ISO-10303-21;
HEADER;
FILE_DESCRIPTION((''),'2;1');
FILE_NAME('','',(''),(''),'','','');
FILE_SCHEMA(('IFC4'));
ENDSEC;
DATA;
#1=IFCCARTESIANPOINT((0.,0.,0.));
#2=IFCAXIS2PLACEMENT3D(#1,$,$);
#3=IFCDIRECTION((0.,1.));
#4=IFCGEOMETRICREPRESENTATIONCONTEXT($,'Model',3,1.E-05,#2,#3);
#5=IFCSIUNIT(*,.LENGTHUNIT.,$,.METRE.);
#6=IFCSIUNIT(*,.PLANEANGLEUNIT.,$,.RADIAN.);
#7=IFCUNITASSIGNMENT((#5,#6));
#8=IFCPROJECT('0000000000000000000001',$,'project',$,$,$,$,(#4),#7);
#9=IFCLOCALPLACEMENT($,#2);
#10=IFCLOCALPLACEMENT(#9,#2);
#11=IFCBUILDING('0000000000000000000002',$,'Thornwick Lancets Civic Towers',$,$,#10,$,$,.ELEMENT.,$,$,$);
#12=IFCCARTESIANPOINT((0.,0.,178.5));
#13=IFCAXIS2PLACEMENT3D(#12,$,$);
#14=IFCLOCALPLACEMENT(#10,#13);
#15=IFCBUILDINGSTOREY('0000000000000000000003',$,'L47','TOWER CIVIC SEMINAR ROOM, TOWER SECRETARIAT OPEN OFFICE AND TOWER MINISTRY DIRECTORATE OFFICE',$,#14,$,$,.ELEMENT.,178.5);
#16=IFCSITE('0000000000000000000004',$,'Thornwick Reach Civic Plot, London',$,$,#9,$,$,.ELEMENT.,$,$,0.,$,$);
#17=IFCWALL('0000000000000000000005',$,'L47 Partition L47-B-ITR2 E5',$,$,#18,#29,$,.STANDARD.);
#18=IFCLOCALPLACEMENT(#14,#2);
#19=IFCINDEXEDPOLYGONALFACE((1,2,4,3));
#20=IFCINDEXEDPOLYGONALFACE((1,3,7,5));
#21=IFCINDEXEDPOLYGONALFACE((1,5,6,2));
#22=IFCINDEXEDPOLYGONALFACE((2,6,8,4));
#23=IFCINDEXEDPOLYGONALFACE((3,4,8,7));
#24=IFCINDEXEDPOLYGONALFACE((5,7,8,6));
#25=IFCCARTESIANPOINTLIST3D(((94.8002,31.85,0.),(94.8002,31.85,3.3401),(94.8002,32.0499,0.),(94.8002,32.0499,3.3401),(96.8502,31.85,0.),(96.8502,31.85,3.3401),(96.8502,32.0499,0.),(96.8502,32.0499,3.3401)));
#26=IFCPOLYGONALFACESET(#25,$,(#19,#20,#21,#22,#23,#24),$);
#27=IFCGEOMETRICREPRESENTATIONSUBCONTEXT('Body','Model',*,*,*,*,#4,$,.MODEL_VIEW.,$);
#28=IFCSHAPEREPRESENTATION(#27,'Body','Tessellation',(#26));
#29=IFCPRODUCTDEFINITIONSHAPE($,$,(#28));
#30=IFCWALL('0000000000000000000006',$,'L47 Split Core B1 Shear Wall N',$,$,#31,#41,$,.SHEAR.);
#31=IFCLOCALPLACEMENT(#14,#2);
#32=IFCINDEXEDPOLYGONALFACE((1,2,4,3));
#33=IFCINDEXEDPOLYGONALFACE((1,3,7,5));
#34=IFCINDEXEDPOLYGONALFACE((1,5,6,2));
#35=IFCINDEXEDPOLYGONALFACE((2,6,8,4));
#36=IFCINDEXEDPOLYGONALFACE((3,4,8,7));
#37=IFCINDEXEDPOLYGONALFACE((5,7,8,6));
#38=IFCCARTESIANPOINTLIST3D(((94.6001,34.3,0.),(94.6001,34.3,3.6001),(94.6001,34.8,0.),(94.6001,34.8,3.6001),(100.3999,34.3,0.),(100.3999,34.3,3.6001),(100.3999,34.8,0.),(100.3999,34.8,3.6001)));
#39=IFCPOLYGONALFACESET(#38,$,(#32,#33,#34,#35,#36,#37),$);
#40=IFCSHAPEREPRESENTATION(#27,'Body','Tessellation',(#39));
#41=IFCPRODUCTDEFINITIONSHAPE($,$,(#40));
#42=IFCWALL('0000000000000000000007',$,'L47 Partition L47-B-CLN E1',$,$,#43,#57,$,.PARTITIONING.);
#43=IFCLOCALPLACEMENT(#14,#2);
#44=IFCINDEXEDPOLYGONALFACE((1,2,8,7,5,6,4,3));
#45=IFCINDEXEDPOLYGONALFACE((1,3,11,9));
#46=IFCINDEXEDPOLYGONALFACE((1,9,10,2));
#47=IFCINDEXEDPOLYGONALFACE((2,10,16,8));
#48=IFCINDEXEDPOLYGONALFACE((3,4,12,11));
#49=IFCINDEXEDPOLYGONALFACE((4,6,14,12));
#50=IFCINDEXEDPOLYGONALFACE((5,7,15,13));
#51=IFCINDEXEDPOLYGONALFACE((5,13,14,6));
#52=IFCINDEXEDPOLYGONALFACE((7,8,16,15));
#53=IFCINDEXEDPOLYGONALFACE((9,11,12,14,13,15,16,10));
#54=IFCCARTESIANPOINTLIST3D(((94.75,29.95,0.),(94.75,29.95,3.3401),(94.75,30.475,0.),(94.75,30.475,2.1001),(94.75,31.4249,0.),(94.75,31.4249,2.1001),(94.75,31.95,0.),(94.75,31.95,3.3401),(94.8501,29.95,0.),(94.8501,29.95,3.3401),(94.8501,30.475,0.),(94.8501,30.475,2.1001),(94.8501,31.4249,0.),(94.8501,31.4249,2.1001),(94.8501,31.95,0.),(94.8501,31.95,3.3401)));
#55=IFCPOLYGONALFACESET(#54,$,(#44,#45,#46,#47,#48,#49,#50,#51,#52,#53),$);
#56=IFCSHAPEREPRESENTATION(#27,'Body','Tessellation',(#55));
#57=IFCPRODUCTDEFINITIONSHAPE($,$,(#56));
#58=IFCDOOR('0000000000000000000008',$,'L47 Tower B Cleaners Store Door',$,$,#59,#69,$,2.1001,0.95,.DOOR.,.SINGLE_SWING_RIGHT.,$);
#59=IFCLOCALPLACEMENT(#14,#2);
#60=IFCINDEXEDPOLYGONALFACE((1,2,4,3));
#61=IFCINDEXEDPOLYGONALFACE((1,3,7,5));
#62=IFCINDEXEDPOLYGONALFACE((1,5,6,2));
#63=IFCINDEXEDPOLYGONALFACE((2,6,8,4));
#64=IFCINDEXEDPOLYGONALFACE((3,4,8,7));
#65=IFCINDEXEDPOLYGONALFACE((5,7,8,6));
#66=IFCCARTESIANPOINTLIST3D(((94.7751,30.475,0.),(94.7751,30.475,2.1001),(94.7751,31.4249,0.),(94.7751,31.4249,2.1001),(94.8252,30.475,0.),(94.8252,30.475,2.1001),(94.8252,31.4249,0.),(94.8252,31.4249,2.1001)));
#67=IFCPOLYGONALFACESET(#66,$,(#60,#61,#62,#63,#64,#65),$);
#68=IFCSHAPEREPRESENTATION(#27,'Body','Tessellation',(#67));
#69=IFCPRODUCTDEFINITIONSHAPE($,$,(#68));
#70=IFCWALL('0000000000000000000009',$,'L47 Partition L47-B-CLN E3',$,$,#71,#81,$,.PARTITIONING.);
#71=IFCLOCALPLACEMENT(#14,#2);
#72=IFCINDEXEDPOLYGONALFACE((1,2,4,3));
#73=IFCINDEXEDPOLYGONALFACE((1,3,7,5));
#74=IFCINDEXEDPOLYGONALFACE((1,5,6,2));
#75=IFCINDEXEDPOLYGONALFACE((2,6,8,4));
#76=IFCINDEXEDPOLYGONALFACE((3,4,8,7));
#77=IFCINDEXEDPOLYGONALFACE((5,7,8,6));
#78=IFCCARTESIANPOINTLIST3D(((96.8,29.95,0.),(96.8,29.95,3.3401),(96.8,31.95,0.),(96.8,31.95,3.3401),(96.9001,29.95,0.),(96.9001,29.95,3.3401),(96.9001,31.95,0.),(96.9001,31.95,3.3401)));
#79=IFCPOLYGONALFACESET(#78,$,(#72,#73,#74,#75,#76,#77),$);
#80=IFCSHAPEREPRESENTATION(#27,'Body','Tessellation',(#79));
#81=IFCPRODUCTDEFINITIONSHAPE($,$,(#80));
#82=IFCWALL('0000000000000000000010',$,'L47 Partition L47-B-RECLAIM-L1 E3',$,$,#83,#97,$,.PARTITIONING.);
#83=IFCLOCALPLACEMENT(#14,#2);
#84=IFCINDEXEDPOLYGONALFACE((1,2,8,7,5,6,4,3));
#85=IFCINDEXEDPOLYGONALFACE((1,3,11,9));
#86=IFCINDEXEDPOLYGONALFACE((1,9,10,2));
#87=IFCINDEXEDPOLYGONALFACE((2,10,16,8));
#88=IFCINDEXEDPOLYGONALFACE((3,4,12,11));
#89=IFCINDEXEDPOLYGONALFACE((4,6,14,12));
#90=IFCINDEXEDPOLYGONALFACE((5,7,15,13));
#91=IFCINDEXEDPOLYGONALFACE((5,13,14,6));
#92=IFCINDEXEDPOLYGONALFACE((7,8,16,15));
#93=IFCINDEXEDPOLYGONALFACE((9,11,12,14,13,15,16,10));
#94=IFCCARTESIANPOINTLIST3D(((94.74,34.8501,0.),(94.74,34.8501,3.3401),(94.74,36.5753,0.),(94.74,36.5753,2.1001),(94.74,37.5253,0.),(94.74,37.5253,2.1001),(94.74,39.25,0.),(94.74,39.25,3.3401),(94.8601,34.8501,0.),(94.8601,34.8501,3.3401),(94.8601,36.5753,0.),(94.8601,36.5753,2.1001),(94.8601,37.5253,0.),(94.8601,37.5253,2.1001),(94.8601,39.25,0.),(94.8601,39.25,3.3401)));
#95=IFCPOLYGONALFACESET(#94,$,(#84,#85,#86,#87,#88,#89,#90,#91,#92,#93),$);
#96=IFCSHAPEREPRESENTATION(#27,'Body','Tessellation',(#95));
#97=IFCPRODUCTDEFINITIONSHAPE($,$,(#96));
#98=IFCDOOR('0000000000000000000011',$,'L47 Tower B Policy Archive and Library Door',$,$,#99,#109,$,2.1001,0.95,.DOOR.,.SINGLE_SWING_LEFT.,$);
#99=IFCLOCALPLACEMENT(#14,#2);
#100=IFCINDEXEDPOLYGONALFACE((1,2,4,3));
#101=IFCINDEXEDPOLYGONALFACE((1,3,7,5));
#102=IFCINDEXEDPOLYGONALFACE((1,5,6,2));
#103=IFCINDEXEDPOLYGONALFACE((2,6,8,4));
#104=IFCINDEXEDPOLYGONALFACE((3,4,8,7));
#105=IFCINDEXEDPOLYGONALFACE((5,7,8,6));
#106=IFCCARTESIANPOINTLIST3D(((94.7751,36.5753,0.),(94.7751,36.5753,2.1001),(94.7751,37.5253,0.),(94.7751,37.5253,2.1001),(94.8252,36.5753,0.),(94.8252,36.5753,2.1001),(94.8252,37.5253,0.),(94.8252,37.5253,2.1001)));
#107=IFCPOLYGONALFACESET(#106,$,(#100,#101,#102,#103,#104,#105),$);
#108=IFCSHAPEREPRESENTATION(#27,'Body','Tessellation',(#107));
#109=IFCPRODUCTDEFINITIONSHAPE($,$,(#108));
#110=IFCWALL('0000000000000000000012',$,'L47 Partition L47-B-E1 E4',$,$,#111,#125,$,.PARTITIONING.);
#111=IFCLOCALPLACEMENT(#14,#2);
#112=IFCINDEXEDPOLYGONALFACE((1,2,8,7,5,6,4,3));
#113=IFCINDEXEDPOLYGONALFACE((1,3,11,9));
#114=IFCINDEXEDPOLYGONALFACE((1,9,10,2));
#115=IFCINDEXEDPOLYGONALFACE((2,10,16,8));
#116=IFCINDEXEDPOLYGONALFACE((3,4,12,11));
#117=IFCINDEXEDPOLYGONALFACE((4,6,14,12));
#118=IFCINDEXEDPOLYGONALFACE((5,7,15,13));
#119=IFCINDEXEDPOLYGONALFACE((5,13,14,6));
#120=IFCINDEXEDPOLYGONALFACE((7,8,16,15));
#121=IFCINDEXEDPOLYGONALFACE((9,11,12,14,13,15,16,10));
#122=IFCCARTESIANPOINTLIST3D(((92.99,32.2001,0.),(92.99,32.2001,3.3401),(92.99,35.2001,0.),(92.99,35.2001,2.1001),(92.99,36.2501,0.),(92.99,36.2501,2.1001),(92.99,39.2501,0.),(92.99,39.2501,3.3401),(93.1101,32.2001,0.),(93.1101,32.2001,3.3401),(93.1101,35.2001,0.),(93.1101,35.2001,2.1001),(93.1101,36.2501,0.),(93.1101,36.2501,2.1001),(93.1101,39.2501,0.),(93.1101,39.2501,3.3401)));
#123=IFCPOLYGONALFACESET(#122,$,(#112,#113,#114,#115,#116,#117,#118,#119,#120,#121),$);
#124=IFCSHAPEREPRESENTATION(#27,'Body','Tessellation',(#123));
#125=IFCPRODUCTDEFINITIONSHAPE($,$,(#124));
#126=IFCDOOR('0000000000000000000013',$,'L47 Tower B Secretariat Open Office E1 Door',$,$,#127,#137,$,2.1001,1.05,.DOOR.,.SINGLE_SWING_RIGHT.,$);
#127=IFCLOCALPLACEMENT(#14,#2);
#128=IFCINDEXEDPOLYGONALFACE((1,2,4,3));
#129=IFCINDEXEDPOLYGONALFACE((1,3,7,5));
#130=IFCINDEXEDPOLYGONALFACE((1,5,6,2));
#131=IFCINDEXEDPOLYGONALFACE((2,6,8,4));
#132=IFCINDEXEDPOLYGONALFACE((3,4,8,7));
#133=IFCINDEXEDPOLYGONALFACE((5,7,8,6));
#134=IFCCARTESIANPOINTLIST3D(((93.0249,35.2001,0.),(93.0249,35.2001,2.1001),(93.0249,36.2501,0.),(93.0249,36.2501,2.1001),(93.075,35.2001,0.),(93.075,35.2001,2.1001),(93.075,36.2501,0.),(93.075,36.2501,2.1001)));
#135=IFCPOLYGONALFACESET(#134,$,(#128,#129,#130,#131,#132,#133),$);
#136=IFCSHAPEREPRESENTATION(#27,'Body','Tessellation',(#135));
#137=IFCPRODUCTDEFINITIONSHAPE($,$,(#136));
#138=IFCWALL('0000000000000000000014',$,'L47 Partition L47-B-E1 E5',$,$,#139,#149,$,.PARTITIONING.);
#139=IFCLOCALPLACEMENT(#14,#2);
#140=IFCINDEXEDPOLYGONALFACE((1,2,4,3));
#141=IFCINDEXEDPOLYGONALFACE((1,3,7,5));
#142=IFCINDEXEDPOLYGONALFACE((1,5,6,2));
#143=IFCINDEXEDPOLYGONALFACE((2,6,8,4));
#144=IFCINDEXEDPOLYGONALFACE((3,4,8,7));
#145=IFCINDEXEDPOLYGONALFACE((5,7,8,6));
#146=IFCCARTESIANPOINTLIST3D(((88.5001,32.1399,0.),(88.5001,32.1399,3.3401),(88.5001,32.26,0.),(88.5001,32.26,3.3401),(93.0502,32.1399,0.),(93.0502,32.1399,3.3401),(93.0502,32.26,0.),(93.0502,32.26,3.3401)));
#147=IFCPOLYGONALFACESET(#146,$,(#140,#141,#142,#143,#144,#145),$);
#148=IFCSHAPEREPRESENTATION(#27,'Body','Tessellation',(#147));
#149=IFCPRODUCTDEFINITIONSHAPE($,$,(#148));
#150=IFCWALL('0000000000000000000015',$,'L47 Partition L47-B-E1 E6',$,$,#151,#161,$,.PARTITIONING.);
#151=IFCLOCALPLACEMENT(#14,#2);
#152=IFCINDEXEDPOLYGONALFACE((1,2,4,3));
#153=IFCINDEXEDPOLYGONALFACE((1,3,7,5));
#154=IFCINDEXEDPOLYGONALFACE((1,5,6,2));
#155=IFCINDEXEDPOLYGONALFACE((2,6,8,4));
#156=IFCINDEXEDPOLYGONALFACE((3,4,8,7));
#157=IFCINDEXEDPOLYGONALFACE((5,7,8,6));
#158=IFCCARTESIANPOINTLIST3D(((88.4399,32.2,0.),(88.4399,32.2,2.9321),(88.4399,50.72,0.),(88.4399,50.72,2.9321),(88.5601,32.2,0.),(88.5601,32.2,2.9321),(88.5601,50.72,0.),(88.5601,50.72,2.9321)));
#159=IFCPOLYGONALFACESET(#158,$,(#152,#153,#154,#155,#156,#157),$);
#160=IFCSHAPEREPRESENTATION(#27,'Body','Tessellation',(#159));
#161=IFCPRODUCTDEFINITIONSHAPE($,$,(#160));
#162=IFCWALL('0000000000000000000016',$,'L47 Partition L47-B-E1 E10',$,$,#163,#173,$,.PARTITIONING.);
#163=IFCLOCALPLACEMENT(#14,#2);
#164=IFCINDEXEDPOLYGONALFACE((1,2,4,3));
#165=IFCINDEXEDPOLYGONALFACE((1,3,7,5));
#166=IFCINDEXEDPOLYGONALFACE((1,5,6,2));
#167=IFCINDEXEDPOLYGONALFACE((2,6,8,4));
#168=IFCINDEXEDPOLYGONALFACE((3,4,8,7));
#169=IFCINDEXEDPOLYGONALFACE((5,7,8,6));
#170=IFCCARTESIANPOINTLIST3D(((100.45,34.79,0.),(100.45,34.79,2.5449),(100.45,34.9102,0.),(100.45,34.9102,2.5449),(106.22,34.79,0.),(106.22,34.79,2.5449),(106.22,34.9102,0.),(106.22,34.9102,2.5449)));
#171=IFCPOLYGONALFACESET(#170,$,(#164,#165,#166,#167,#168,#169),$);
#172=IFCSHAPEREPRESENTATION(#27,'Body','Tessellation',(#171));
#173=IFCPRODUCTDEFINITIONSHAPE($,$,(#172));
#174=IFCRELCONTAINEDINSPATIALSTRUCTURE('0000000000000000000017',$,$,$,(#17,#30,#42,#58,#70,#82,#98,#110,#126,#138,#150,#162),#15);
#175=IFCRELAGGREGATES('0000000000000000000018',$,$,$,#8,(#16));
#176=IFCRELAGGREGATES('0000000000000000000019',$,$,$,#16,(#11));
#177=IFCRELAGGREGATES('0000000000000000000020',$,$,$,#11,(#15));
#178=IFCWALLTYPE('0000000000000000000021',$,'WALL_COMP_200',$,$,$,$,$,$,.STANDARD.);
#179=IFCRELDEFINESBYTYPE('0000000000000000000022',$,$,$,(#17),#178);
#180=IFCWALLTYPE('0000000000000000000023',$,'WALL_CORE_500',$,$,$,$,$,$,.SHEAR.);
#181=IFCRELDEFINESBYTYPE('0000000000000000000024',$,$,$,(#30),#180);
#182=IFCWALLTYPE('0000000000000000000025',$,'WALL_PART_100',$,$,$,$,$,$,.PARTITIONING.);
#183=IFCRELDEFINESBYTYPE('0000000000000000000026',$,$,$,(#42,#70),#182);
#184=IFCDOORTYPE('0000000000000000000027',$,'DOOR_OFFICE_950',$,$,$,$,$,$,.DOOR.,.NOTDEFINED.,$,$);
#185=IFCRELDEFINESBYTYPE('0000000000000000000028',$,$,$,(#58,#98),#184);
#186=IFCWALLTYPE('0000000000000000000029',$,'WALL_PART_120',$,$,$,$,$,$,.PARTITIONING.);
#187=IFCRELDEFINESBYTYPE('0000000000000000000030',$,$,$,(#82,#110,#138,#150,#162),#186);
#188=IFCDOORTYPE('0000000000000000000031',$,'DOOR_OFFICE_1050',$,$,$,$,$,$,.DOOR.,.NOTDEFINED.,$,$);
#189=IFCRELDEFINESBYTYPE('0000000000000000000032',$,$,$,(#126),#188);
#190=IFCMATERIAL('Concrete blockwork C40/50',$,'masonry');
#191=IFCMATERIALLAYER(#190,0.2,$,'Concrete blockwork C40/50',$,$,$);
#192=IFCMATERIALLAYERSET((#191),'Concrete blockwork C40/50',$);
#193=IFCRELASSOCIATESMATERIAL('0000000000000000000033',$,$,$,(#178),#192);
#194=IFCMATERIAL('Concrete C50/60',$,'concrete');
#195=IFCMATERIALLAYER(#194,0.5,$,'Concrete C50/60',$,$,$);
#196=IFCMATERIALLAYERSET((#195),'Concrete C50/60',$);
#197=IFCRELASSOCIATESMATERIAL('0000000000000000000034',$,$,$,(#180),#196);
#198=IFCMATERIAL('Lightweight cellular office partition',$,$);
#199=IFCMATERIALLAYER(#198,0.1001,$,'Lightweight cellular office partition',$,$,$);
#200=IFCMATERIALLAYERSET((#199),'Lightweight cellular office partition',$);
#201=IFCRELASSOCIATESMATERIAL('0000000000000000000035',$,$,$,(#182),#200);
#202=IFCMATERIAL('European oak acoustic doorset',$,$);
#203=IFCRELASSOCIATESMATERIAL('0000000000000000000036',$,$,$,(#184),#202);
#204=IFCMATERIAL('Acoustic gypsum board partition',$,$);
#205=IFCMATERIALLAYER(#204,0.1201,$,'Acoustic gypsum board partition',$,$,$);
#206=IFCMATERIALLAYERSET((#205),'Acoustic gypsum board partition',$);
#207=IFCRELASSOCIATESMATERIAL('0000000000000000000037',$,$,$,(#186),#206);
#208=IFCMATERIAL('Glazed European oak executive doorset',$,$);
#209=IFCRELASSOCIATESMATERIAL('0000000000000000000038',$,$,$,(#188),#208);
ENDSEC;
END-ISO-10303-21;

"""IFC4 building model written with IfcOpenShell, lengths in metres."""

from ifc_helpers import new_model, si_unit, direction, frame, frame_2d, origin, place, context, subcontext, project, spatial, rectangle, extrude, material, layer, layer_set, type_object, element, fill, save


model = new_model("IFC4")

# Units and contexts
model_context = context("Model", 3, precision=1e-05, world=origin(), true_north=direction((0.0, 1.0)))
body_context = subcontext(model_context, "Body", "Model", "MODEL_VIEW")
ifc_project = project(units=[si_unit("LENGTHUNIT", "METRE"), si_unit("PLANEANGLEUNIT", "RADIAN")], contexts=[model_context])

# Site, building, storey
site_placement = place(None, origin())
site = spatial("IfcSite", under=ifc_project, at=site_placement, Name="Thornwick Reach Civic Plot, London", CompositionType="ELEMENT", RefElevation=0.0)
building_placement = place(site_placement, origin())
building = spatial("IfcBuilding", under=site, at=building_placement, Name="Thornwick Lancets Civic Towers", CompositionType="ELEMENT")
storey_placement = place(building_placement, frame((0.0, 0.0, 178.5)))
storey = spatial("IfcBuildingStorey", under=building, at=storey_placement, Name="L47", Description="TOWER CIVIC SEMINAR ROOM, TOWER SECRETARIAT OPEN OFFICE AND TOWER MINISTRY DIRECTORATE OFFICE", CompositionType="ELEMENT", Elevation=178.5)

# Shared definitions
ifc_material_1 = material(Name="Concrete C50/60", Category="concrete")

# Shared definitions
ifc_material_2 = material(Name="Concrete blockwork C40/50", Category="masonry")
ifc_layer_1 = layer(ifc_material_2, 0.2, Name="Concrete blockwork C40/50")
ifc_layer_set_1 = layer_set([ifc_layer_1], Name="Concrete blockwork C40/50")
wall_type_1 = type_object("IfcWallType", Name="WALL_COMP_200", PredefinedType="STANDARD", material=ifc_layer_set_1)

# Walls
wall_1_placement = place(storey_placement, frame((96.8501, 31.95, 0.0), z_axis=(0.0, 0.0, 1.0), x_axis=(-1.0, 0.0, 0.0)))
element("IfcWall", 1, at=wall_1_placement, inside=storey, type_object=wall_type_1, Name="L47 Partition L47-B-ITR2 E5", PredefinedType="STANDARD", context=body_context, shape_type="SweptSolid", body=[
    extrude(rectangle(XDim=2.05, YDim=0.2, at=frame_2d((1.0249, 0.0))), origin(), (0.0, 0.0, 1.0), 3.3401),
])
ifc_layer_2 = layer(ifc_material_1, 0.5, Name="Concrete C50/60")
ifc_layer_set_2 = layer_set([ifc_layer_2], Name="Concrete C50/60")
wall_type_2 = type_object("IfcWallType", Name="WALL_CORE_500", PredefinedType="SHEAR", material=ifc_layer_set_2)
wall_2_placement = place(storey_placement, frame((94.6001, 34.55, 0.0), z_axis=(0.0, 0.0, 1.0), x_axis=(1.0, 0.0, 0.0)))
element("IfcWall", 2, at=wall_2_placement, inside=storey, type_object=wall_type_2, Name="L47 Split Core B1 Shear Wall N", PredefinedType="SHEAR", context=body_context, shape_type="SweptSolid", body=[
    extrude(rectangle(XDim=5.7998, YDim=0.5, at=frame_2d((2.8999, 0.0))), origin(), (0.0, 0.0, 1.0), 3.6001),
])

# Wall, opening, door
ifc_material_3 = material(Name="Lightweight cellular office partition")
ifc_layer_3 = layer(ifc_material_3, 0.1001, Name="Lightweight cellular office partition")
ifc_layer_set_3 = layer_set([ifc_layer_3], Name="Lightweight cellular office partition")
wall_type_3 = type_object("IfcWallType", Name="WALL_PART_100", PredefinedType="PARTITIONING", material=ifc_layer_set_3)
wall_3_placement = place(storey_placement, frame((94.8, 29.95, 0.0), z_axis=(0.0, 0.0, 1.0), x_axis=(0.0, 1.0, 0.0)))
wall_3 = element("IfcWall", 3, at=wall_3_placement, inside=storey, type_object=wall_type_3, Name="L47 Partition L47-B-CLN E1", PredefinedType="PARTITIONING", context=body_context, shape_type="SweptSolid", body=[
    extrude(rectangle(XDim=2.0, YDim=0.1001, at=frame_2d((1.0, 0.0))), origin(), (0.0, 0.0, 1.0), 3.3401),
])
opening_1_placement = place(wall_3_placement, frame((0.5249, 0.0, 0.0)))
opening_1 = element("IfcOpeningElement", 4, at=opening_1_placement, cuts=wall_3, PredefinedType="OPENING", context=body_context, shape_type="SweptSolid", body=[
    extrude(rectangle(XDim=0.95, YDim=2.1001, at=frame_2d((0.4751, 1.05))), frame((0.0, 0.0601, 0.0), z_axis=(0.0, -1.0, 0.0), x_axis=(1.0, 0.0, 0.0)), (0.0, 0.0, 1.0), 0.1201),
])
ifc_material_4 = material(Name="European oak acoustic doorset")
door_type_1 = type_object("IfcDoorType", Name="DOOR_OFFICE_950", OperationType="NOTDEFINED", PredefinedType="DOOR", material=ifc_material_4)
door_1_placement = place(opening_1_placement, origin())
door_1 = element("IfcDoor", 5, at=door_1_placement, inside=storey, type_object=door_type_1, Name="L47 Tower B Cleaners Store Door", OperationType="SINGLE_SWING_RIGHT", OverallHeight=2.1001, OverallWidth=0.95, PredefinedType="DOOR", context=body_context, shape_type="SweptSolid", body=[
    extrude(rectangle(XDim=0.95, YDim=2.1001, at=frame_2d((0.4751, 1.05))), frame((0.0, 0.0249, 0.0), z_axis=(0.0, -1.0, 0.0), x_axis=(1.0, 0.0, 0.0)), (0.0, 0.0, 1.0), 0.05),
])
fill(opening_1, door_1)

# Wall
wall_4_placement = place(storey_placement, frame((96.8501, 31.95, 0.0), z_axis=(0.0, 0.0, 1.0), x_axis=(0.0, -1.0, 0.0)))
element("IfcWall", 6, at=wall_4_placement, inside=storey, type_object=wall_type_3, Name="L47 Partition L47-B-CLN E3", PredefinedType="PARTITIONING", context=body_context, shape_type="SweptSolid", body=[
    extrude(rectangle(XDim=2.0, YDim=0.1001, at=frame_2d((1.0, 0.0))), origin(), (0.0, 0.0, 1.0), 3.3401),
])

# Walls, openings, doors
ifc_material_5 = material(Name="Acoustic gypsum board partition")
ifc_layer_4 = layer(ifc_material_5, 0.1201, Name="Acoustic gypsum board partition")
ifc_layer_set_4 = layer_set([ifc_layer_4], Name="Acoustic gypsum board partition")
wall_type_4 = type_object("IfcWallType", Name="WALL_PART_120", PredefinedType="PARTITIONING", material=ifc_layer_set_4)
wall_5_placement = place(storey_placement, frame((94.8, 34.8501, 0.0), z_axis=(0.0, 0.0, 1.0), x_axis=(0.0, 1.0, 0.0)))
wall_5 = element("IfcWall", 7, at=wall_5_placement, inside=storey, type_object=wall_type_4, Name="L47 Partition L47-B-RECLAIM-L1 E3", PredefinedType="PARTITIONING", context=body_context, shape_type="SweptSolid", body=[
    extrude(rectangle(XDim=4.3999, YDim=0.1201, at=frame_2d((2.2, 0.0))), origin(), (0.0, 0.0, 1.0), 3.3401),
])
opening_2_placement = place(wall_5_placement, frame((1.7251, 0.0, 0.0)))
opening_2 = element("IfcOpeningElement", 8, at=opening_2_placement, cuts=wall_5, PredefinedType="OPENING", context=body_context, shape_type="SweptSolid", body=[
    extrude(rectangle(XDim=0.95, YDim=2.1001, at=frame_2d((0.4751, 1.05))), frame((0.0, 0.0701, 0.0), z_axis=(0.0, -1.0, 0.0), x_axis=(1.0, 0.0, 0.0)), (0.0, 0.0, 1.0), 0.1401),
])
door_2_placement = place(opening_2_placement, origin())
door_2 = element("IfcDoor", 9, at=door_2_placement, inside=storey, type_object=door_type_1, Name="L47 Tower B Policy Archive and Library Door", OperationType="SINGLE_SWING_LEFT", OverallHeight=2.1001, OverallWidth=0.95, PredefinedType="DOOR", context=body_context, shape_type="SweptSolid", body=[
    extrude(rectangle(XDim=0.95, YDim=2.1001, at=frame_2d((0.4751, 1.05))), frame((0.0, 0.0249, 0.0), z_axis=(0.0, -1.0, 0.0), x_axis=(1.0, 0.0, 0.0)), (0.0, 0.0, 1.0), 0.05),
])
fill(opening_2, door_2)
wall_6_placement = place(storey_placement, frame((93.05, 39.25, 0.0), z_axis=(0.0, 0.0, 1.0), x_axis=(0.0, -1.0, 0.0)))
wall_6 = element("IfcWall", 10, at=wall_6_placement, inside=storey, type_object=wall_type_4, Name="L47 Partition L47-B-E1 E4", PredefinedType="PARTITIONING", context=body_context, shape_type="SweptSolid", body=[
    extrude(rectangle(XDim=7.05, YDim=0.1201, at=frame_2d((3.5249, 0.0))), origin(), (0.0, 0.0, 1.0), 3.3401),
])
opening_3_placement = place(wall_6_placement, frame((3.0, 0.0, 0.0)))
opening_3 = element("IfcOpeningElement", 11, at=opening_3_placement, cuts=wall_6, PredefinedType="OPENING", context=body_context, shape_type="SweptSolid", body=[
    extrude(rectangle(XDim=1.05, YDim=2.1001, at=frame_2d((0.5249, 1.05))), frame((0.0, 0.0701, 0.0), z_axis=(0.0, -1.0, 0.0), x_axis=(1.0, 0.0, 0.0)), (0.0, 0.0, 1.0), 0.1401),
])
ifc_material_6 = material(Name="Glazed European oak executive doorset")
door_type_2 = type_object("IfcDoorType", Name="DOOR_OFFICE_1050", OperationType="NOTDEFINED", PredefinedType="DOOR", material=ifc_material_6)
door_3_placement = place(opening_3_placement, origin())
door_3 = element("IfcDoor", 12, at=door_3_placement, inside=storey, type_object=door_type_2, Name="L47 Tower B Secretariat Open Office E1 Door", OperationType="SINGLE_SWING_RIGHT", OverallHeight=2.1001, OverallWidth=1.05, PredefinedType="DOOR", context=body_context, shape_type="SweptSolid", body=[
    extrude(rectangle(XDim=1.05, YDim=2.1001, at=frame_2d((0.5249, 1.05))), frame((0.0, 0.0249, 0.0), z_axis=(0.0, -1.0, 0.0), x_axis=(1.0, 0.0, 0.0)), (0.0, 0.0, 1.0), 0.05),
])
fill(opening_3, door_3)

# Walls
wall_7_placement = place(storey_placement, frame((93.05, 32.2, 0.0), z_axis=(0.0, 0.0, 1.0), x_axis=(-1.0, 0.0, 0.0)))
element("IfcWall", 13, at=wall_7_placement, inside=storey, type_object=wall_type_4, Name="L47 Partition L47-B-E1 E5", PredefinedType="PARTITIONING", context=body_context, shape_type="SweptSolid", body=[
    extrude(rectangle(XDim=4.55, YDim=0.1201, at=frame_2d((2.2749, 0.0))), origin(), (0.0, 0.0, 1.0), 3.3401),
])
wall_8_placement = place(storey_placement, frame((88.5, 32.2, 0.0), z_axis=(0.0, 0.0, 1.0), x_axis=(0.0, 1.0, 0.0)))
element("IfcWall", 14, at=wall_8_placement, inside=storey, type_object=wall_type_4, Name="L47 Partition L47-B-E1 E6", PredefinedType="PARTITIONING", context=body_context, shape_type="SweptSolid", body=[
    extrude(rectangle(XDim=18.52, YDim=0.1201, at=frame_2d((9.26, 0.0))), origin(), (0.0, 0.0, 1.0), 2.9321),
])
wall_9_placement = place(storey_placement, frame((106.22, 34.8501, 0.0), z_axis=(0.0, 0.0, 1.0), x_axis=(-1.0, 0.0, 0.0)))
element("IfcWall", 15, at=wall_9_placement, inside=storey, type_object=wall_type_4, Name="L47 Partition L47-B-E1 E10", PredefinedType="PARTITIONING", context=body_context, shape_type="SweptSolid", body=[
    extrude(rectangle(XDim=5.77, YDim=0.1201, at=frame_2d((2.885, 0.0))), origin(), (0.0, 0.0, 1.0), 2.5449),
])

save(model, "model.ifc")
